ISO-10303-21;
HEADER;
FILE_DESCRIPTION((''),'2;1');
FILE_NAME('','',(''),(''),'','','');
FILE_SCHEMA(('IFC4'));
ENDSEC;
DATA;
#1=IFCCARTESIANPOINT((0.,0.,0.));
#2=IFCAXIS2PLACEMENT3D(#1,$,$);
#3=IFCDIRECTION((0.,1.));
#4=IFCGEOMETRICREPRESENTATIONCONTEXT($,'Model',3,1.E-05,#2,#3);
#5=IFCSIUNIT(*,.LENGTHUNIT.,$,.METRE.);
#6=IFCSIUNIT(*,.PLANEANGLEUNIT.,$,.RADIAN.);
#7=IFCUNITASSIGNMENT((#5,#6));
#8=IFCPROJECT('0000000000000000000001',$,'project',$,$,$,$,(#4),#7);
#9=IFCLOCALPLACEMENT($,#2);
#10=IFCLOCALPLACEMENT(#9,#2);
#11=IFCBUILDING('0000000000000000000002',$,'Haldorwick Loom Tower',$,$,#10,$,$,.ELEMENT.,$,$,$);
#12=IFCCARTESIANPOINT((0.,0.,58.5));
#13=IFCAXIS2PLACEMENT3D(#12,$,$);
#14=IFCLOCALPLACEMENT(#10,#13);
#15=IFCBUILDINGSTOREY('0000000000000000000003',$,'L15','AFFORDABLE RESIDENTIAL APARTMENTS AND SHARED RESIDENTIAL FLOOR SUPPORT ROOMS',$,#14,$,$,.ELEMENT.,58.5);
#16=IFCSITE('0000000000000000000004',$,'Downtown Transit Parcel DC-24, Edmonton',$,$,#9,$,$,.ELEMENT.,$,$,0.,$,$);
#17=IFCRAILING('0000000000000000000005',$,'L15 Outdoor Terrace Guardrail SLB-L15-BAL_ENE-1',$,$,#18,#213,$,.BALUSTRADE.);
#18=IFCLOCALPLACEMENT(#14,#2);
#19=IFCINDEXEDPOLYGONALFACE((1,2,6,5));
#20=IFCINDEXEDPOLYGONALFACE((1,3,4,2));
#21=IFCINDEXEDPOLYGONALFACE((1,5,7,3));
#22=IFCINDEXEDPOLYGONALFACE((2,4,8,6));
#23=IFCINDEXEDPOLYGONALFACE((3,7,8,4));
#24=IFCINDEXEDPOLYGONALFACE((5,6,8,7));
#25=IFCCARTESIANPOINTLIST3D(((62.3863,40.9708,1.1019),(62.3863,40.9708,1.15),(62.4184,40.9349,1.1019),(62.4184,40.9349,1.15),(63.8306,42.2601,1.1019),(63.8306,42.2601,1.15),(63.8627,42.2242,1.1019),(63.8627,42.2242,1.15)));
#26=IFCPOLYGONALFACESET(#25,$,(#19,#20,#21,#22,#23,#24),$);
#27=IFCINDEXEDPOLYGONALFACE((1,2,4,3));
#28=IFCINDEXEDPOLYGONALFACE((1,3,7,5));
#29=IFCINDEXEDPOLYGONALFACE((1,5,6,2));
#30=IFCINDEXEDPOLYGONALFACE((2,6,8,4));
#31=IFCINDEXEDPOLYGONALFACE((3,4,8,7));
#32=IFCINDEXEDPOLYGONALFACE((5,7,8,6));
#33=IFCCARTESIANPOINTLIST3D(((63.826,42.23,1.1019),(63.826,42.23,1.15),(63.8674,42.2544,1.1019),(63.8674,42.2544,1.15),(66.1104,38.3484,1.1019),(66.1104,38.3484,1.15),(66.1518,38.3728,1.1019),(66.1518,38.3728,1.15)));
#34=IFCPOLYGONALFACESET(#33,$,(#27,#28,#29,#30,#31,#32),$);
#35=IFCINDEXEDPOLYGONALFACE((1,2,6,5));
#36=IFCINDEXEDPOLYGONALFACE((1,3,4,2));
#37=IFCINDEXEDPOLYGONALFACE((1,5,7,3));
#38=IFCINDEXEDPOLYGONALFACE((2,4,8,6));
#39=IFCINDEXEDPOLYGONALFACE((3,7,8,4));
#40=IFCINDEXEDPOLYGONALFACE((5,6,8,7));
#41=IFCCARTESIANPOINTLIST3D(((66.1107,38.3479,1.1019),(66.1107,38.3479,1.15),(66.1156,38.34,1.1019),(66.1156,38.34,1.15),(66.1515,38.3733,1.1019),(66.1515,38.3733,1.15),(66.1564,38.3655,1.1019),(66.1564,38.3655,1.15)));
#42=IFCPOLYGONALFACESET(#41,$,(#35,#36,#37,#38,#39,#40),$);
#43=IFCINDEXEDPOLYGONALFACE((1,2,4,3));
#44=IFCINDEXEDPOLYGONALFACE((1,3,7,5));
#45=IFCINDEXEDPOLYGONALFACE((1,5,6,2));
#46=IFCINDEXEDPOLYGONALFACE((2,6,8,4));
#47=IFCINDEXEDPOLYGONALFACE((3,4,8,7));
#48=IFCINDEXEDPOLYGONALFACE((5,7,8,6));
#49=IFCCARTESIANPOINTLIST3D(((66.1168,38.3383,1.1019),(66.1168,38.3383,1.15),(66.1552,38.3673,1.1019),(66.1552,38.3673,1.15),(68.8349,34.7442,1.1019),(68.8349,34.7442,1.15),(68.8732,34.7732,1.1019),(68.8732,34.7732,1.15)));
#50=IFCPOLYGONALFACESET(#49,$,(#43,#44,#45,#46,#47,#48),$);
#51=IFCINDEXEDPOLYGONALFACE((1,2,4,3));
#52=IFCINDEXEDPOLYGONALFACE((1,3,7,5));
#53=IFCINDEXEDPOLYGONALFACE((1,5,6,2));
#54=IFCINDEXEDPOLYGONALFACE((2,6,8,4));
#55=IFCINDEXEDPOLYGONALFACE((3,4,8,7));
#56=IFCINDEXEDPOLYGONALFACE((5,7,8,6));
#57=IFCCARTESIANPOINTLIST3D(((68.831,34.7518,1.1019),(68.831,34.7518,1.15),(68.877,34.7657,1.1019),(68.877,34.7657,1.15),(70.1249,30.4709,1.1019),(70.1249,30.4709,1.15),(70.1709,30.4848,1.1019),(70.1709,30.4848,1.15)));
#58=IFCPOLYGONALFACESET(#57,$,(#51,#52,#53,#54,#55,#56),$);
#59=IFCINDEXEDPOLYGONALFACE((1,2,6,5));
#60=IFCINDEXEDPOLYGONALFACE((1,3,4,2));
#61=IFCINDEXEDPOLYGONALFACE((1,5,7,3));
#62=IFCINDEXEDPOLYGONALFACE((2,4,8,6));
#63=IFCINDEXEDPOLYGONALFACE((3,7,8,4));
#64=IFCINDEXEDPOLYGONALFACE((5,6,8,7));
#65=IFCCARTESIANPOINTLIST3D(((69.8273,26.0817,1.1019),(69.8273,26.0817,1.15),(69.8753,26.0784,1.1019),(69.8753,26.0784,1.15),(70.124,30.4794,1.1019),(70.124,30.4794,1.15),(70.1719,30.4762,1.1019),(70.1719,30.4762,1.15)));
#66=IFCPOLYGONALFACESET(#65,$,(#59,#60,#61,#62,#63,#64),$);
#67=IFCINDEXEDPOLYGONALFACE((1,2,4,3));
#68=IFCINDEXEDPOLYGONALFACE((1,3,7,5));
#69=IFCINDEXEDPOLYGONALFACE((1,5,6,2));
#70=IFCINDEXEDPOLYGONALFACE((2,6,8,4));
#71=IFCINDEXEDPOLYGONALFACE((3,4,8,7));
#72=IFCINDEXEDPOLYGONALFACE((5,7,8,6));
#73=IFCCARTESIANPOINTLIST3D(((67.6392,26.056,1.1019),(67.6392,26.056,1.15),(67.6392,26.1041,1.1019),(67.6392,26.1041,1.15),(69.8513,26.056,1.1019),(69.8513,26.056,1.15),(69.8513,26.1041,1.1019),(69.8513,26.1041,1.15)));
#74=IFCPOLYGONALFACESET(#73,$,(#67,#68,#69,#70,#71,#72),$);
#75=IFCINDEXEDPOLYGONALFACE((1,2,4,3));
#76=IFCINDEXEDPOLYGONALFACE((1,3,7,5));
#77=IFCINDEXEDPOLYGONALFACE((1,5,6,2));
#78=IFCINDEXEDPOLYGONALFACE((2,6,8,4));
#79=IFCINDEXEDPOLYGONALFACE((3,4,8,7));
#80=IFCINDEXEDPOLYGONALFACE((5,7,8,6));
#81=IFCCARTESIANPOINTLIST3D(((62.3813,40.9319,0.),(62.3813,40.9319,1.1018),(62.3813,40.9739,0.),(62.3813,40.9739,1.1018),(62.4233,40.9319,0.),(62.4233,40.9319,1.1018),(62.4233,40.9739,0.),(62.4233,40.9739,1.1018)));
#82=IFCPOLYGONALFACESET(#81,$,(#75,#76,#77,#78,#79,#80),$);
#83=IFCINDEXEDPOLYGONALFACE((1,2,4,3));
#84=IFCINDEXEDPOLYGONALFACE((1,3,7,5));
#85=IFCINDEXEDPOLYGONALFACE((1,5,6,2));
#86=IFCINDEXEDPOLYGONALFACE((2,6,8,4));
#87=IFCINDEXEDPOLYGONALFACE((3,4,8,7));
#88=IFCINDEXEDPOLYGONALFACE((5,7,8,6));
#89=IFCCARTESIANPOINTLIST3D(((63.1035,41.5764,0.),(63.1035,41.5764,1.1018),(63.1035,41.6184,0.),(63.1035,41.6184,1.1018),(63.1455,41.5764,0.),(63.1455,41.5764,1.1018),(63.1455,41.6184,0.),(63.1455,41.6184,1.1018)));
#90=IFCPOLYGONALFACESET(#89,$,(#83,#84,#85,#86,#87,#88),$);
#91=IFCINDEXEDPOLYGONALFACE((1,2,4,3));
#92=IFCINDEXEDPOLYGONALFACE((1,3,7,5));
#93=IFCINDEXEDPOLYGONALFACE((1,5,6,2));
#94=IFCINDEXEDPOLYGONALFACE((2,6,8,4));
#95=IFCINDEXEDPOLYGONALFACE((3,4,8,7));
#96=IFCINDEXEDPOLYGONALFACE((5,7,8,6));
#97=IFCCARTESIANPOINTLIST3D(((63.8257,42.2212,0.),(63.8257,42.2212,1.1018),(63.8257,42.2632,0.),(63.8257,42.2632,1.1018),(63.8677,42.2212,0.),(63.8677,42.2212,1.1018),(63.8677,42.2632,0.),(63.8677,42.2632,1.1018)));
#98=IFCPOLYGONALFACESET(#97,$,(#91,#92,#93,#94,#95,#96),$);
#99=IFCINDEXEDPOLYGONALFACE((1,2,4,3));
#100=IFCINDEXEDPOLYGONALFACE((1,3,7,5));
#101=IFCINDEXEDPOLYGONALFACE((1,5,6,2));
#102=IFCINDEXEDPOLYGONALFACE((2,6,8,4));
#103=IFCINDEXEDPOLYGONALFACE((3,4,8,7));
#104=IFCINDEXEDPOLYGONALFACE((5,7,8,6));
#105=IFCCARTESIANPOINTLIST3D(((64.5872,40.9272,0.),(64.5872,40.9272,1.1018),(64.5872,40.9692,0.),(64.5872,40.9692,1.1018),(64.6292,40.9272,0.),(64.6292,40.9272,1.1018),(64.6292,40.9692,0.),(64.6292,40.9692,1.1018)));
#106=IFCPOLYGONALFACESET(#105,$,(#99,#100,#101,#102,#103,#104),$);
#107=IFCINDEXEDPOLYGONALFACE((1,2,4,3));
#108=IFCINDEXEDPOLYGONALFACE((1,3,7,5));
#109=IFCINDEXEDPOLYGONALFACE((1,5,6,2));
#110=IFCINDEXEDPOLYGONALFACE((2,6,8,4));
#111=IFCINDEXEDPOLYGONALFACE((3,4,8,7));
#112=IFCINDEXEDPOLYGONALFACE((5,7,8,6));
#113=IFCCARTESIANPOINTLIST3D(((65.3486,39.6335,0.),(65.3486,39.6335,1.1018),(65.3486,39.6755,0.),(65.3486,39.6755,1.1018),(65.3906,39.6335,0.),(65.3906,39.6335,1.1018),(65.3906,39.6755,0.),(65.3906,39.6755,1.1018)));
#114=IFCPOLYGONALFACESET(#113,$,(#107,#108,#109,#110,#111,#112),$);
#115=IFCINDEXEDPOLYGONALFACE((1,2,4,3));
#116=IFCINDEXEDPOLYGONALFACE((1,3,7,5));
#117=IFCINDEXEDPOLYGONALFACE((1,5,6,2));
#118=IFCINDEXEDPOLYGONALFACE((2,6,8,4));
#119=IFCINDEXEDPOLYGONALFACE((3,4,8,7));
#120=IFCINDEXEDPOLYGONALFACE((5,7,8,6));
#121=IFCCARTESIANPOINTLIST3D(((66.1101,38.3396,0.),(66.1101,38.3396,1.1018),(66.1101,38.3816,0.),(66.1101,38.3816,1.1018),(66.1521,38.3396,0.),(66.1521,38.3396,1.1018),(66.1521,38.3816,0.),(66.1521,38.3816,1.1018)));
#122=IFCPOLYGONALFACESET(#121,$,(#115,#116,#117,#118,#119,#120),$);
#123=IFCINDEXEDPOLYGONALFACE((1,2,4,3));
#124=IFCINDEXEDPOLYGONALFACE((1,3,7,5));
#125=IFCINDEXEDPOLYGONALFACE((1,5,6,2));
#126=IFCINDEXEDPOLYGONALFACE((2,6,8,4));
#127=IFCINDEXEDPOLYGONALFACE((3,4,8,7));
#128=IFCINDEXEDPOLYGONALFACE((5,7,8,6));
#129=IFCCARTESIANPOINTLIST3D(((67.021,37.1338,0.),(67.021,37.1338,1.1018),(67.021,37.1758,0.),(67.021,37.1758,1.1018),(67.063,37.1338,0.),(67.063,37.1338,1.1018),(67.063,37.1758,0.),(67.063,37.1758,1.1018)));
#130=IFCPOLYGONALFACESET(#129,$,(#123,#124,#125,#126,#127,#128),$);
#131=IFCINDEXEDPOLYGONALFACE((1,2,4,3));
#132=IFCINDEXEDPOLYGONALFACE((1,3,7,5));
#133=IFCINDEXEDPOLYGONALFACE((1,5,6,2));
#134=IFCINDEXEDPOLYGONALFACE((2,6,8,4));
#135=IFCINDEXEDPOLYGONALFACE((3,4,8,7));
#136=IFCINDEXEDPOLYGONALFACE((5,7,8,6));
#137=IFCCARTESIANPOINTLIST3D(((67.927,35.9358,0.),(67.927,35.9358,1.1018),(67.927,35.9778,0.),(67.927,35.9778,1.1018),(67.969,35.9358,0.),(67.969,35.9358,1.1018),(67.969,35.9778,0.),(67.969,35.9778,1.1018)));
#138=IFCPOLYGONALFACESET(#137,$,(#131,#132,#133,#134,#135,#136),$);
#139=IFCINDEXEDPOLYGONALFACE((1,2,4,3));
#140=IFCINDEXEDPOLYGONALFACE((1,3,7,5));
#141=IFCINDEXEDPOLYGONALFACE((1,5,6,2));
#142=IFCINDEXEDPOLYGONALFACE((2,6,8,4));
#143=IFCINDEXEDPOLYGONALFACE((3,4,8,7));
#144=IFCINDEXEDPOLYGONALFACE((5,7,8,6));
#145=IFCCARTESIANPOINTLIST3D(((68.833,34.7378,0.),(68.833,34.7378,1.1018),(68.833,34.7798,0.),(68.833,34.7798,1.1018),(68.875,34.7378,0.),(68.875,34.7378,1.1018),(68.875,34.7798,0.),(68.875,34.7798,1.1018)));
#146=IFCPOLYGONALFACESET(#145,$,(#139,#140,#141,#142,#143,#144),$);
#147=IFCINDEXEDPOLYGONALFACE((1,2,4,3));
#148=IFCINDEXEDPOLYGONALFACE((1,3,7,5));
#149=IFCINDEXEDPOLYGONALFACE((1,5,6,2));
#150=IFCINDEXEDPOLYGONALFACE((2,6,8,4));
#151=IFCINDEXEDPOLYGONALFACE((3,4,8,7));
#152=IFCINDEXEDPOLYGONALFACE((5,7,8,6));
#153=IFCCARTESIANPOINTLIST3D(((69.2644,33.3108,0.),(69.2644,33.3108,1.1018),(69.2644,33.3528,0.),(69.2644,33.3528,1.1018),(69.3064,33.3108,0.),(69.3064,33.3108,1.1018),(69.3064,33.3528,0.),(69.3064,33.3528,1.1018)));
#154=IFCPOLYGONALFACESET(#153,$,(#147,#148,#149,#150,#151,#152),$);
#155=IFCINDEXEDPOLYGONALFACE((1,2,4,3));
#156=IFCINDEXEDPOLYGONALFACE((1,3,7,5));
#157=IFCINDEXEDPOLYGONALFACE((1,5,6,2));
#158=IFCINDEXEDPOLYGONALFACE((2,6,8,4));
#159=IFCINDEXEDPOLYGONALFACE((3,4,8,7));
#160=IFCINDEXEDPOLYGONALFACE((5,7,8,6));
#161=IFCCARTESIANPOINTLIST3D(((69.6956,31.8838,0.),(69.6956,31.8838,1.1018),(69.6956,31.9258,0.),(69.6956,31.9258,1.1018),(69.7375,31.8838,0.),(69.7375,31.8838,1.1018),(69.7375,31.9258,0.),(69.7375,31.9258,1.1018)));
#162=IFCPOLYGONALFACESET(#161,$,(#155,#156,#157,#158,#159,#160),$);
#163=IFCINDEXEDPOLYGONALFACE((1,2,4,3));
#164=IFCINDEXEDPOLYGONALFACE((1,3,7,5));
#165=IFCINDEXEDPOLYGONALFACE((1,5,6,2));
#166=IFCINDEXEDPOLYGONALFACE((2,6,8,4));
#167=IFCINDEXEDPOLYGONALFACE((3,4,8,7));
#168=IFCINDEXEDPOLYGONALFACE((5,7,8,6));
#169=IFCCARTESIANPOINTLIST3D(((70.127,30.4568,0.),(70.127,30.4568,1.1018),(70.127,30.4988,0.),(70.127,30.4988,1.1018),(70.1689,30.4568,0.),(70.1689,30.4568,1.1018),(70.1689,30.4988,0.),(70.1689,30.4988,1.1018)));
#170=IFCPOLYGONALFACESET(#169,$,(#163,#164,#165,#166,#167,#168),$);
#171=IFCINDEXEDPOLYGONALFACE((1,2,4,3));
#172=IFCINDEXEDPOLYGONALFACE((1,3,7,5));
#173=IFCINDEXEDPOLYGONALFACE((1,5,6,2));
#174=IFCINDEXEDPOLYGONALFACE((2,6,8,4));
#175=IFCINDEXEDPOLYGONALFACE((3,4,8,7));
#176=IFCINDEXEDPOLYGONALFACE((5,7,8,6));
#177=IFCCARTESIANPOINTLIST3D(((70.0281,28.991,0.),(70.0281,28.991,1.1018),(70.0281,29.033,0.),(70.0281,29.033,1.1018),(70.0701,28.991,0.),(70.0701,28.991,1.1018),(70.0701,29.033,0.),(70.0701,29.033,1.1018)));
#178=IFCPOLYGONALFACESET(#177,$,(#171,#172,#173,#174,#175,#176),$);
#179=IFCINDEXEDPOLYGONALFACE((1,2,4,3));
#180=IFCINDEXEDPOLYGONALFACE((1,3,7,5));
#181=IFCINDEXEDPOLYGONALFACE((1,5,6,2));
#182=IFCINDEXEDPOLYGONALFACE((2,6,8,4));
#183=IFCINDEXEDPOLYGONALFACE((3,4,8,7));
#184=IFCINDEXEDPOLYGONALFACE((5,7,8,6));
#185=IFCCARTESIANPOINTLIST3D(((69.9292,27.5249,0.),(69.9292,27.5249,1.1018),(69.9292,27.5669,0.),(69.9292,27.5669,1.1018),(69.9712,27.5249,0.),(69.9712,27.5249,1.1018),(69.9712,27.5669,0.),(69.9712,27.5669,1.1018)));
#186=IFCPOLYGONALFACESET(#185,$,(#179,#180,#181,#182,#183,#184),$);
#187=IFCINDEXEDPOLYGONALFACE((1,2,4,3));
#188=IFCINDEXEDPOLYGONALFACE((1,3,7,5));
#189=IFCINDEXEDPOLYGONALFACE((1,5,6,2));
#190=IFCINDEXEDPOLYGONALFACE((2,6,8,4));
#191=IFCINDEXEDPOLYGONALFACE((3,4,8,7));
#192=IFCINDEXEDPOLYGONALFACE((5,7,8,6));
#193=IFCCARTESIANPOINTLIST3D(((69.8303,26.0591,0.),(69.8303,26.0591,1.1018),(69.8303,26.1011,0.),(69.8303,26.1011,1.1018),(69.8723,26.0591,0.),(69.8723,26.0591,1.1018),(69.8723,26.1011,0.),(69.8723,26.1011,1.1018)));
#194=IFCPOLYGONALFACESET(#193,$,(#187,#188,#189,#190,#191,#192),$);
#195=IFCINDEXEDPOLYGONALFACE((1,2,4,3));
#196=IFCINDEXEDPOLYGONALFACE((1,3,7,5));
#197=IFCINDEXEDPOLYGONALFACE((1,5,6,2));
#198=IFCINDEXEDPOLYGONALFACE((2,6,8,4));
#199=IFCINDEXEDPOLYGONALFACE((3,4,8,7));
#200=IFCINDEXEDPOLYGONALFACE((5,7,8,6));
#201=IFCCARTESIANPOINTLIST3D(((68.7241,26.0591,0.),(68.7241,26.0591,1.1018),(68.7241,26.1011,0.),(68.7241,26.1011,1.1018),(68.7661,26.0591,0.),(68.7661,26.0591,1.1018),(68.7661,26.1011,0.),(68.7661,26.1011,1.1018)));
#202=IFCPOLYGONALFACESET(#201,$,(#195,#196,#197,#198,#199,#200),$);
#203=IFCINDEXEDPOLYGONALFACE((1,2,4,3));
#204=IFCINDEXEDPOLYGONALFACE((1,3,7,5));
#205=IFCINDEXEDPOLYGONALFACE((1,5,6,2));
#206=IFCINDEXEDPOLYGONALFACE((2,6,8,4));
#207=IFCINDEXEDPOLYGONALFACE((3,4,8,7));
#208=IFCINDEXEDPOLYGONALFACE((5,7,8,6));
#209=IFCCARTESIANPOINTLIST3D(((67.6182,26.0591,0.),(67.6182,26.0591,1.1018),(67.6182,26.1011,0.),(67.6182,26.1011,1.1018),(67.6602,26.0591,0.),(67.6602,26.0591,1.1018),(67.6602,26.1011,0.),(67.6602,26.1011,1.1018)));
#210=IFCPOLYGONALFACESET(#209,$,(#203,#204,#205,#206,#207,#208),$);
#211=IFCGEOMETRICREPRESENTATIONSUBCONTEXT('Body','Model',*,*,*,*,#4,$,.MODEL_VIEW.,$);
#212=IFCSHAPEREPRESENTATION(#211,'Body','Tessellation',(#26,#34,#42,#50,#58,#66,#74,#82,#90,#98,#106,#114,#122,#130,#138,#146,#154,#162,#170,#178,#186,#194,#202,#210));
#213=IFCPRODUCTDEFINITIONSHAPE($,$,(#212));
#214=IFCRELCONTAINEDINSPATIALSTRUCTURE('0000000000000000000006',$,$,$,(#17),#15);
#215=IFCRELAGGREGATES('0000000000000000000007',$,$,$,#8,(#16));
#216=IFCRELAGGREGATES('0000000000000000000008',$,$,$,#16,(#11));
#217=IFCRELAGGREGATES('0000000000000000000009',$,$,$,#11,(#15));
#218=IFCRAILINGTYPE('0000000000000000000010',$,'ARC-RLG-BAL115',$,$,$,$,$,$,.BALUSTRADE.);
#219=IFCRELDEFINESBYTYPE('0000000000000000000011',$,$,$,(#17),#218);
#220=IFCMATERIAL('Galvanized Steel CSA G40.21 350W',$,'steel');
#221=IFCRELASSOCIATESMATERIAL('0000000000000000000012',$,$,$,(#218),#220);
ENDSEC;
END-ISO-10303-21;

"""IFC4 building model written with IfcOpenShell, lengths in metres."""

from ifc_helpers import new_model, si_unit, direction, frame, origin, origin_2d, place, context, subcontext, project, spatial, rectangle, extrude, material, type_object, element, save


model = new_model("IFC4")

# Units and contexts
model_context = context("Model", 3, precision=1e-05, world=origin(), true_north=direction((0.0, 1.0)))
body_context = subcontext(model_context, "Body", "Model", "MODEL_VIEW")
ifc_project = project(units=[si_unit("LENGTHUNIT", "METRE"), si_unit("PLANEANGLEUNIT", "RADIAN")], contexts=[model_context])

# Site, building, storey
site_placement = place(None, origin())
site = spatial("IfcSite", under=ifc_project, at=site_placement, Name="Downtown Transit Parcel DC-24, Edmonton", CompositionType="ELEMENT", RefElevation=0.0)
building_placement = place(site_placement, origin())
building = spatial("IfcBuilding", under=site, at=building_placement, Name="Haldorwick Loom Tower", CompositionType="ELEMENT")
storey_placement = place(building_placement, frame((0.0, 0.0, 58.5)))
storey = spatial("IfcBuildingStorey", under=building, at=storey_placement, Name="L15", Description="AFFORDABLE RESIDENTIAL APARTMENTS AND SHARED RESIDENTIAL FLOOR SUPPORT ROOMS", CompositionType="ELEMENT", Elevation=58.5)

# Railing
ifc_material_1 = material(Name="Galvanized Steel CSA G40.21 350W", Category="steel")
railing_type = type_object("IfcRailingType", Name="ARC-RLG-BAL115", PredefinedType="BALUSTRADE", material=ifc_material_1)
railing_placement = place(storey_placement, frame((62.4023, 40.9529, 0.0)))
element("IfcRailing", 1, at=railing_placement, inside=storey, type_object=railing_type, Name="L15 Outdoor Terrace Guardrail SLB-L15-BAL_ENE-1", PredefinedType="BALUSTRADE", context=body_context, shape_type="SweptSolid", body=[
    extrude(rectangle(XDim=0.0481, YDim=0.0481, at=origin_2d()), frame((0.0, 0.0, 1.126), z_axis=(0.746009, 0.665936, 0.0), x_axis=(-0.665936, 0.746009, 0.0)), (0.0, 0.0, 1.0), 1.936),
    extrude(rectangle(XDim=0.0481, YDim=0.0481, at=origin_2d()), frame((1.4443, 1.2893, 1.126), z_axis=(0.507207, -0.861824, 0.0), x_axis=(0.861824, 0.507207, 0.0)), (0.0, 0.0, 1.0), 4.5039),
    extrude(rectangle(XDim=0.0481, YDim=0.0481, at=origin_2d()), frame((3.7288, -2.5923, 1.126), z_axis=(0.529999, -0.847998, 0.0), x_axis=(0.847998, 0.529999, 0.0)), (0.0, 0.0, 1.0), 0.0093),
    extrude(rectangle(XDim=0.0481, YDim=0.0481, at=origin_2d()), frame((3.7336, -2.6001, 1.126), z_axis=(0.603194, -0.797594, 0.0), x_axis=(0.797594, 0.603194, 0.0)), (0.0, 0.0, 1.0), 4.5061),
    extrude(rectangle(XDim=0.0481, YDim=0.0481, at=origin_2d()), frame((6.4517, -6.1941, 1.126), z_axis=(0.289326, -0.957231, 0.0), x_axis=(0.957231, 0.289326, 0.0)), (0.0, 0.0, 1.0), 4.4722),
    extrude(rectangle(XDim=0.0481, YDim=0.0481, at=origin_2d()), frame((7.7456, -10.4751, 1.126), z_axis=(-0.067298, -0.997733, 0.0), x_axis=(0.997733, -0.067298, 0.0)), (0.0, 0.0, 1.0), 4.4077),
    extrude(rectangle(XDim=0.0481, YDim=0.0481, at=origin_2d()), frame((7.449, -14.8728, 1.126), z_axis=(-1.0, 0.0, 0.0), x_axis=(0.0, -1.0, 0.0)), (0.0, 0.0, 1.0), 2.2122),
    extrude(rectangle(XDim=0.042, YDim=0.042, at=origin_2d()), origin(), (0.0, 0.0, 1.0), 1.1018),
    extrude(rectangle(XDim=0.042, YDim=0.042, at=origin_2d()), frame((0.7222, 0.6445, 0.0)), (0.0, 0.0, 1.0), 1.1018),
    extrude(rectangle(XDim=0.042, YDim=0.042, at=origin_2d()), frame((1.4443, 1.2893, 0.0)), (0.0, 0.0, 1.0), 1.1018),
    extrude(rectangle(XDim=0.042, YDim=0.042, at=origin_2d()), frame((2.2058, -0.0046, 0.0)), (0.0, 0.0, 1.0), 1.1018),
    extrude(rectangle(XDim=0.042, YDim=0.042, at=origin_2d()), frame((2.9673, -1.2983, 0.0)), (0.0, 0.0, 1.0), 1.1018),
    extrude(rectangle(XDim=0.042, YDim=0.042, at=origin_2d()), frame((3.7288, -2.5923, 0.0)), (0.0, 0.0, 1.0), 1.1018),
    extrude(rectangle(XDim=0.042, YDim=0.042, at=origin_2d()), frame((4.6396, -3.7981, 0.0)), (0.0, 0.0, 1.0), 1.1018),
    extrude(rectangle(XDim=0.042, YDim=0.042, at=origin_2d()), frame((5.5457, -4.9961, 0.0)), (0.0, 0.0, 1.0), 1.1018),
    extrude(rectangle(XDim=0.042, YDim=0.042, at=origin_2d()), frame((6.4517, -6.1941, 0.0)), (0.0, 0.0, 1.0), 1.1018),
    extrude(rectangle(XDim=0.042, YDim=0.042, at=origin_2d()), frame((6.8831, -7.6211, 0.0)), (0.0, 0.0, 1.0), 1.1018),
    extrude(rectangle(XDim=0.042, YDim=0.042, at=origin_2d()), frame((7.3142, -9.0481, 0.0)), (0.0, 0.0, 1.0), 1.1018),
    extrude(rectangle(XDim=0.042, YDim=0.042, at=origin_2d()), frame((7.7456, -10.4751, 0.0)), (0.0, 0.0, 1.0), 1.1018),
    extrude(rectangle(XDim=0.042, YDim=0.042, at=origin_2d()), frame((7.6467, -11.9409, 0.0)), (0.0, 0.0, 1.0), 1.1018),
    extrude(rectangle(XDim=0.042, YDim=0.042, at=origin_2d()), frame((7.5479, -13.407, 0.0)), (0.0, 0.0, 1.0), 1.1018),
    extrude(rectangle(XDim=0.042, YDim=0.042, at=origin_2d()), frame((7.449, -14.8728, 0.0)), (0.0, 0.0, 1.0), 1.1018),
    extrude(rectangle(XDim=0.042, YDim=0.042, at=origin_2d()), frame((6.3428, -14.8728, 0.0)), (0.0, 0.0, 1.0), 1.1018),
    extrude(rectangle(XDim=0.042, YDim=0.042, at=origin_2d()), frame((5.2368, -14.8728, 0.0)), (0.0, 0.0, 1.0), 1.1018),
])

save(model, "model.ifc")
